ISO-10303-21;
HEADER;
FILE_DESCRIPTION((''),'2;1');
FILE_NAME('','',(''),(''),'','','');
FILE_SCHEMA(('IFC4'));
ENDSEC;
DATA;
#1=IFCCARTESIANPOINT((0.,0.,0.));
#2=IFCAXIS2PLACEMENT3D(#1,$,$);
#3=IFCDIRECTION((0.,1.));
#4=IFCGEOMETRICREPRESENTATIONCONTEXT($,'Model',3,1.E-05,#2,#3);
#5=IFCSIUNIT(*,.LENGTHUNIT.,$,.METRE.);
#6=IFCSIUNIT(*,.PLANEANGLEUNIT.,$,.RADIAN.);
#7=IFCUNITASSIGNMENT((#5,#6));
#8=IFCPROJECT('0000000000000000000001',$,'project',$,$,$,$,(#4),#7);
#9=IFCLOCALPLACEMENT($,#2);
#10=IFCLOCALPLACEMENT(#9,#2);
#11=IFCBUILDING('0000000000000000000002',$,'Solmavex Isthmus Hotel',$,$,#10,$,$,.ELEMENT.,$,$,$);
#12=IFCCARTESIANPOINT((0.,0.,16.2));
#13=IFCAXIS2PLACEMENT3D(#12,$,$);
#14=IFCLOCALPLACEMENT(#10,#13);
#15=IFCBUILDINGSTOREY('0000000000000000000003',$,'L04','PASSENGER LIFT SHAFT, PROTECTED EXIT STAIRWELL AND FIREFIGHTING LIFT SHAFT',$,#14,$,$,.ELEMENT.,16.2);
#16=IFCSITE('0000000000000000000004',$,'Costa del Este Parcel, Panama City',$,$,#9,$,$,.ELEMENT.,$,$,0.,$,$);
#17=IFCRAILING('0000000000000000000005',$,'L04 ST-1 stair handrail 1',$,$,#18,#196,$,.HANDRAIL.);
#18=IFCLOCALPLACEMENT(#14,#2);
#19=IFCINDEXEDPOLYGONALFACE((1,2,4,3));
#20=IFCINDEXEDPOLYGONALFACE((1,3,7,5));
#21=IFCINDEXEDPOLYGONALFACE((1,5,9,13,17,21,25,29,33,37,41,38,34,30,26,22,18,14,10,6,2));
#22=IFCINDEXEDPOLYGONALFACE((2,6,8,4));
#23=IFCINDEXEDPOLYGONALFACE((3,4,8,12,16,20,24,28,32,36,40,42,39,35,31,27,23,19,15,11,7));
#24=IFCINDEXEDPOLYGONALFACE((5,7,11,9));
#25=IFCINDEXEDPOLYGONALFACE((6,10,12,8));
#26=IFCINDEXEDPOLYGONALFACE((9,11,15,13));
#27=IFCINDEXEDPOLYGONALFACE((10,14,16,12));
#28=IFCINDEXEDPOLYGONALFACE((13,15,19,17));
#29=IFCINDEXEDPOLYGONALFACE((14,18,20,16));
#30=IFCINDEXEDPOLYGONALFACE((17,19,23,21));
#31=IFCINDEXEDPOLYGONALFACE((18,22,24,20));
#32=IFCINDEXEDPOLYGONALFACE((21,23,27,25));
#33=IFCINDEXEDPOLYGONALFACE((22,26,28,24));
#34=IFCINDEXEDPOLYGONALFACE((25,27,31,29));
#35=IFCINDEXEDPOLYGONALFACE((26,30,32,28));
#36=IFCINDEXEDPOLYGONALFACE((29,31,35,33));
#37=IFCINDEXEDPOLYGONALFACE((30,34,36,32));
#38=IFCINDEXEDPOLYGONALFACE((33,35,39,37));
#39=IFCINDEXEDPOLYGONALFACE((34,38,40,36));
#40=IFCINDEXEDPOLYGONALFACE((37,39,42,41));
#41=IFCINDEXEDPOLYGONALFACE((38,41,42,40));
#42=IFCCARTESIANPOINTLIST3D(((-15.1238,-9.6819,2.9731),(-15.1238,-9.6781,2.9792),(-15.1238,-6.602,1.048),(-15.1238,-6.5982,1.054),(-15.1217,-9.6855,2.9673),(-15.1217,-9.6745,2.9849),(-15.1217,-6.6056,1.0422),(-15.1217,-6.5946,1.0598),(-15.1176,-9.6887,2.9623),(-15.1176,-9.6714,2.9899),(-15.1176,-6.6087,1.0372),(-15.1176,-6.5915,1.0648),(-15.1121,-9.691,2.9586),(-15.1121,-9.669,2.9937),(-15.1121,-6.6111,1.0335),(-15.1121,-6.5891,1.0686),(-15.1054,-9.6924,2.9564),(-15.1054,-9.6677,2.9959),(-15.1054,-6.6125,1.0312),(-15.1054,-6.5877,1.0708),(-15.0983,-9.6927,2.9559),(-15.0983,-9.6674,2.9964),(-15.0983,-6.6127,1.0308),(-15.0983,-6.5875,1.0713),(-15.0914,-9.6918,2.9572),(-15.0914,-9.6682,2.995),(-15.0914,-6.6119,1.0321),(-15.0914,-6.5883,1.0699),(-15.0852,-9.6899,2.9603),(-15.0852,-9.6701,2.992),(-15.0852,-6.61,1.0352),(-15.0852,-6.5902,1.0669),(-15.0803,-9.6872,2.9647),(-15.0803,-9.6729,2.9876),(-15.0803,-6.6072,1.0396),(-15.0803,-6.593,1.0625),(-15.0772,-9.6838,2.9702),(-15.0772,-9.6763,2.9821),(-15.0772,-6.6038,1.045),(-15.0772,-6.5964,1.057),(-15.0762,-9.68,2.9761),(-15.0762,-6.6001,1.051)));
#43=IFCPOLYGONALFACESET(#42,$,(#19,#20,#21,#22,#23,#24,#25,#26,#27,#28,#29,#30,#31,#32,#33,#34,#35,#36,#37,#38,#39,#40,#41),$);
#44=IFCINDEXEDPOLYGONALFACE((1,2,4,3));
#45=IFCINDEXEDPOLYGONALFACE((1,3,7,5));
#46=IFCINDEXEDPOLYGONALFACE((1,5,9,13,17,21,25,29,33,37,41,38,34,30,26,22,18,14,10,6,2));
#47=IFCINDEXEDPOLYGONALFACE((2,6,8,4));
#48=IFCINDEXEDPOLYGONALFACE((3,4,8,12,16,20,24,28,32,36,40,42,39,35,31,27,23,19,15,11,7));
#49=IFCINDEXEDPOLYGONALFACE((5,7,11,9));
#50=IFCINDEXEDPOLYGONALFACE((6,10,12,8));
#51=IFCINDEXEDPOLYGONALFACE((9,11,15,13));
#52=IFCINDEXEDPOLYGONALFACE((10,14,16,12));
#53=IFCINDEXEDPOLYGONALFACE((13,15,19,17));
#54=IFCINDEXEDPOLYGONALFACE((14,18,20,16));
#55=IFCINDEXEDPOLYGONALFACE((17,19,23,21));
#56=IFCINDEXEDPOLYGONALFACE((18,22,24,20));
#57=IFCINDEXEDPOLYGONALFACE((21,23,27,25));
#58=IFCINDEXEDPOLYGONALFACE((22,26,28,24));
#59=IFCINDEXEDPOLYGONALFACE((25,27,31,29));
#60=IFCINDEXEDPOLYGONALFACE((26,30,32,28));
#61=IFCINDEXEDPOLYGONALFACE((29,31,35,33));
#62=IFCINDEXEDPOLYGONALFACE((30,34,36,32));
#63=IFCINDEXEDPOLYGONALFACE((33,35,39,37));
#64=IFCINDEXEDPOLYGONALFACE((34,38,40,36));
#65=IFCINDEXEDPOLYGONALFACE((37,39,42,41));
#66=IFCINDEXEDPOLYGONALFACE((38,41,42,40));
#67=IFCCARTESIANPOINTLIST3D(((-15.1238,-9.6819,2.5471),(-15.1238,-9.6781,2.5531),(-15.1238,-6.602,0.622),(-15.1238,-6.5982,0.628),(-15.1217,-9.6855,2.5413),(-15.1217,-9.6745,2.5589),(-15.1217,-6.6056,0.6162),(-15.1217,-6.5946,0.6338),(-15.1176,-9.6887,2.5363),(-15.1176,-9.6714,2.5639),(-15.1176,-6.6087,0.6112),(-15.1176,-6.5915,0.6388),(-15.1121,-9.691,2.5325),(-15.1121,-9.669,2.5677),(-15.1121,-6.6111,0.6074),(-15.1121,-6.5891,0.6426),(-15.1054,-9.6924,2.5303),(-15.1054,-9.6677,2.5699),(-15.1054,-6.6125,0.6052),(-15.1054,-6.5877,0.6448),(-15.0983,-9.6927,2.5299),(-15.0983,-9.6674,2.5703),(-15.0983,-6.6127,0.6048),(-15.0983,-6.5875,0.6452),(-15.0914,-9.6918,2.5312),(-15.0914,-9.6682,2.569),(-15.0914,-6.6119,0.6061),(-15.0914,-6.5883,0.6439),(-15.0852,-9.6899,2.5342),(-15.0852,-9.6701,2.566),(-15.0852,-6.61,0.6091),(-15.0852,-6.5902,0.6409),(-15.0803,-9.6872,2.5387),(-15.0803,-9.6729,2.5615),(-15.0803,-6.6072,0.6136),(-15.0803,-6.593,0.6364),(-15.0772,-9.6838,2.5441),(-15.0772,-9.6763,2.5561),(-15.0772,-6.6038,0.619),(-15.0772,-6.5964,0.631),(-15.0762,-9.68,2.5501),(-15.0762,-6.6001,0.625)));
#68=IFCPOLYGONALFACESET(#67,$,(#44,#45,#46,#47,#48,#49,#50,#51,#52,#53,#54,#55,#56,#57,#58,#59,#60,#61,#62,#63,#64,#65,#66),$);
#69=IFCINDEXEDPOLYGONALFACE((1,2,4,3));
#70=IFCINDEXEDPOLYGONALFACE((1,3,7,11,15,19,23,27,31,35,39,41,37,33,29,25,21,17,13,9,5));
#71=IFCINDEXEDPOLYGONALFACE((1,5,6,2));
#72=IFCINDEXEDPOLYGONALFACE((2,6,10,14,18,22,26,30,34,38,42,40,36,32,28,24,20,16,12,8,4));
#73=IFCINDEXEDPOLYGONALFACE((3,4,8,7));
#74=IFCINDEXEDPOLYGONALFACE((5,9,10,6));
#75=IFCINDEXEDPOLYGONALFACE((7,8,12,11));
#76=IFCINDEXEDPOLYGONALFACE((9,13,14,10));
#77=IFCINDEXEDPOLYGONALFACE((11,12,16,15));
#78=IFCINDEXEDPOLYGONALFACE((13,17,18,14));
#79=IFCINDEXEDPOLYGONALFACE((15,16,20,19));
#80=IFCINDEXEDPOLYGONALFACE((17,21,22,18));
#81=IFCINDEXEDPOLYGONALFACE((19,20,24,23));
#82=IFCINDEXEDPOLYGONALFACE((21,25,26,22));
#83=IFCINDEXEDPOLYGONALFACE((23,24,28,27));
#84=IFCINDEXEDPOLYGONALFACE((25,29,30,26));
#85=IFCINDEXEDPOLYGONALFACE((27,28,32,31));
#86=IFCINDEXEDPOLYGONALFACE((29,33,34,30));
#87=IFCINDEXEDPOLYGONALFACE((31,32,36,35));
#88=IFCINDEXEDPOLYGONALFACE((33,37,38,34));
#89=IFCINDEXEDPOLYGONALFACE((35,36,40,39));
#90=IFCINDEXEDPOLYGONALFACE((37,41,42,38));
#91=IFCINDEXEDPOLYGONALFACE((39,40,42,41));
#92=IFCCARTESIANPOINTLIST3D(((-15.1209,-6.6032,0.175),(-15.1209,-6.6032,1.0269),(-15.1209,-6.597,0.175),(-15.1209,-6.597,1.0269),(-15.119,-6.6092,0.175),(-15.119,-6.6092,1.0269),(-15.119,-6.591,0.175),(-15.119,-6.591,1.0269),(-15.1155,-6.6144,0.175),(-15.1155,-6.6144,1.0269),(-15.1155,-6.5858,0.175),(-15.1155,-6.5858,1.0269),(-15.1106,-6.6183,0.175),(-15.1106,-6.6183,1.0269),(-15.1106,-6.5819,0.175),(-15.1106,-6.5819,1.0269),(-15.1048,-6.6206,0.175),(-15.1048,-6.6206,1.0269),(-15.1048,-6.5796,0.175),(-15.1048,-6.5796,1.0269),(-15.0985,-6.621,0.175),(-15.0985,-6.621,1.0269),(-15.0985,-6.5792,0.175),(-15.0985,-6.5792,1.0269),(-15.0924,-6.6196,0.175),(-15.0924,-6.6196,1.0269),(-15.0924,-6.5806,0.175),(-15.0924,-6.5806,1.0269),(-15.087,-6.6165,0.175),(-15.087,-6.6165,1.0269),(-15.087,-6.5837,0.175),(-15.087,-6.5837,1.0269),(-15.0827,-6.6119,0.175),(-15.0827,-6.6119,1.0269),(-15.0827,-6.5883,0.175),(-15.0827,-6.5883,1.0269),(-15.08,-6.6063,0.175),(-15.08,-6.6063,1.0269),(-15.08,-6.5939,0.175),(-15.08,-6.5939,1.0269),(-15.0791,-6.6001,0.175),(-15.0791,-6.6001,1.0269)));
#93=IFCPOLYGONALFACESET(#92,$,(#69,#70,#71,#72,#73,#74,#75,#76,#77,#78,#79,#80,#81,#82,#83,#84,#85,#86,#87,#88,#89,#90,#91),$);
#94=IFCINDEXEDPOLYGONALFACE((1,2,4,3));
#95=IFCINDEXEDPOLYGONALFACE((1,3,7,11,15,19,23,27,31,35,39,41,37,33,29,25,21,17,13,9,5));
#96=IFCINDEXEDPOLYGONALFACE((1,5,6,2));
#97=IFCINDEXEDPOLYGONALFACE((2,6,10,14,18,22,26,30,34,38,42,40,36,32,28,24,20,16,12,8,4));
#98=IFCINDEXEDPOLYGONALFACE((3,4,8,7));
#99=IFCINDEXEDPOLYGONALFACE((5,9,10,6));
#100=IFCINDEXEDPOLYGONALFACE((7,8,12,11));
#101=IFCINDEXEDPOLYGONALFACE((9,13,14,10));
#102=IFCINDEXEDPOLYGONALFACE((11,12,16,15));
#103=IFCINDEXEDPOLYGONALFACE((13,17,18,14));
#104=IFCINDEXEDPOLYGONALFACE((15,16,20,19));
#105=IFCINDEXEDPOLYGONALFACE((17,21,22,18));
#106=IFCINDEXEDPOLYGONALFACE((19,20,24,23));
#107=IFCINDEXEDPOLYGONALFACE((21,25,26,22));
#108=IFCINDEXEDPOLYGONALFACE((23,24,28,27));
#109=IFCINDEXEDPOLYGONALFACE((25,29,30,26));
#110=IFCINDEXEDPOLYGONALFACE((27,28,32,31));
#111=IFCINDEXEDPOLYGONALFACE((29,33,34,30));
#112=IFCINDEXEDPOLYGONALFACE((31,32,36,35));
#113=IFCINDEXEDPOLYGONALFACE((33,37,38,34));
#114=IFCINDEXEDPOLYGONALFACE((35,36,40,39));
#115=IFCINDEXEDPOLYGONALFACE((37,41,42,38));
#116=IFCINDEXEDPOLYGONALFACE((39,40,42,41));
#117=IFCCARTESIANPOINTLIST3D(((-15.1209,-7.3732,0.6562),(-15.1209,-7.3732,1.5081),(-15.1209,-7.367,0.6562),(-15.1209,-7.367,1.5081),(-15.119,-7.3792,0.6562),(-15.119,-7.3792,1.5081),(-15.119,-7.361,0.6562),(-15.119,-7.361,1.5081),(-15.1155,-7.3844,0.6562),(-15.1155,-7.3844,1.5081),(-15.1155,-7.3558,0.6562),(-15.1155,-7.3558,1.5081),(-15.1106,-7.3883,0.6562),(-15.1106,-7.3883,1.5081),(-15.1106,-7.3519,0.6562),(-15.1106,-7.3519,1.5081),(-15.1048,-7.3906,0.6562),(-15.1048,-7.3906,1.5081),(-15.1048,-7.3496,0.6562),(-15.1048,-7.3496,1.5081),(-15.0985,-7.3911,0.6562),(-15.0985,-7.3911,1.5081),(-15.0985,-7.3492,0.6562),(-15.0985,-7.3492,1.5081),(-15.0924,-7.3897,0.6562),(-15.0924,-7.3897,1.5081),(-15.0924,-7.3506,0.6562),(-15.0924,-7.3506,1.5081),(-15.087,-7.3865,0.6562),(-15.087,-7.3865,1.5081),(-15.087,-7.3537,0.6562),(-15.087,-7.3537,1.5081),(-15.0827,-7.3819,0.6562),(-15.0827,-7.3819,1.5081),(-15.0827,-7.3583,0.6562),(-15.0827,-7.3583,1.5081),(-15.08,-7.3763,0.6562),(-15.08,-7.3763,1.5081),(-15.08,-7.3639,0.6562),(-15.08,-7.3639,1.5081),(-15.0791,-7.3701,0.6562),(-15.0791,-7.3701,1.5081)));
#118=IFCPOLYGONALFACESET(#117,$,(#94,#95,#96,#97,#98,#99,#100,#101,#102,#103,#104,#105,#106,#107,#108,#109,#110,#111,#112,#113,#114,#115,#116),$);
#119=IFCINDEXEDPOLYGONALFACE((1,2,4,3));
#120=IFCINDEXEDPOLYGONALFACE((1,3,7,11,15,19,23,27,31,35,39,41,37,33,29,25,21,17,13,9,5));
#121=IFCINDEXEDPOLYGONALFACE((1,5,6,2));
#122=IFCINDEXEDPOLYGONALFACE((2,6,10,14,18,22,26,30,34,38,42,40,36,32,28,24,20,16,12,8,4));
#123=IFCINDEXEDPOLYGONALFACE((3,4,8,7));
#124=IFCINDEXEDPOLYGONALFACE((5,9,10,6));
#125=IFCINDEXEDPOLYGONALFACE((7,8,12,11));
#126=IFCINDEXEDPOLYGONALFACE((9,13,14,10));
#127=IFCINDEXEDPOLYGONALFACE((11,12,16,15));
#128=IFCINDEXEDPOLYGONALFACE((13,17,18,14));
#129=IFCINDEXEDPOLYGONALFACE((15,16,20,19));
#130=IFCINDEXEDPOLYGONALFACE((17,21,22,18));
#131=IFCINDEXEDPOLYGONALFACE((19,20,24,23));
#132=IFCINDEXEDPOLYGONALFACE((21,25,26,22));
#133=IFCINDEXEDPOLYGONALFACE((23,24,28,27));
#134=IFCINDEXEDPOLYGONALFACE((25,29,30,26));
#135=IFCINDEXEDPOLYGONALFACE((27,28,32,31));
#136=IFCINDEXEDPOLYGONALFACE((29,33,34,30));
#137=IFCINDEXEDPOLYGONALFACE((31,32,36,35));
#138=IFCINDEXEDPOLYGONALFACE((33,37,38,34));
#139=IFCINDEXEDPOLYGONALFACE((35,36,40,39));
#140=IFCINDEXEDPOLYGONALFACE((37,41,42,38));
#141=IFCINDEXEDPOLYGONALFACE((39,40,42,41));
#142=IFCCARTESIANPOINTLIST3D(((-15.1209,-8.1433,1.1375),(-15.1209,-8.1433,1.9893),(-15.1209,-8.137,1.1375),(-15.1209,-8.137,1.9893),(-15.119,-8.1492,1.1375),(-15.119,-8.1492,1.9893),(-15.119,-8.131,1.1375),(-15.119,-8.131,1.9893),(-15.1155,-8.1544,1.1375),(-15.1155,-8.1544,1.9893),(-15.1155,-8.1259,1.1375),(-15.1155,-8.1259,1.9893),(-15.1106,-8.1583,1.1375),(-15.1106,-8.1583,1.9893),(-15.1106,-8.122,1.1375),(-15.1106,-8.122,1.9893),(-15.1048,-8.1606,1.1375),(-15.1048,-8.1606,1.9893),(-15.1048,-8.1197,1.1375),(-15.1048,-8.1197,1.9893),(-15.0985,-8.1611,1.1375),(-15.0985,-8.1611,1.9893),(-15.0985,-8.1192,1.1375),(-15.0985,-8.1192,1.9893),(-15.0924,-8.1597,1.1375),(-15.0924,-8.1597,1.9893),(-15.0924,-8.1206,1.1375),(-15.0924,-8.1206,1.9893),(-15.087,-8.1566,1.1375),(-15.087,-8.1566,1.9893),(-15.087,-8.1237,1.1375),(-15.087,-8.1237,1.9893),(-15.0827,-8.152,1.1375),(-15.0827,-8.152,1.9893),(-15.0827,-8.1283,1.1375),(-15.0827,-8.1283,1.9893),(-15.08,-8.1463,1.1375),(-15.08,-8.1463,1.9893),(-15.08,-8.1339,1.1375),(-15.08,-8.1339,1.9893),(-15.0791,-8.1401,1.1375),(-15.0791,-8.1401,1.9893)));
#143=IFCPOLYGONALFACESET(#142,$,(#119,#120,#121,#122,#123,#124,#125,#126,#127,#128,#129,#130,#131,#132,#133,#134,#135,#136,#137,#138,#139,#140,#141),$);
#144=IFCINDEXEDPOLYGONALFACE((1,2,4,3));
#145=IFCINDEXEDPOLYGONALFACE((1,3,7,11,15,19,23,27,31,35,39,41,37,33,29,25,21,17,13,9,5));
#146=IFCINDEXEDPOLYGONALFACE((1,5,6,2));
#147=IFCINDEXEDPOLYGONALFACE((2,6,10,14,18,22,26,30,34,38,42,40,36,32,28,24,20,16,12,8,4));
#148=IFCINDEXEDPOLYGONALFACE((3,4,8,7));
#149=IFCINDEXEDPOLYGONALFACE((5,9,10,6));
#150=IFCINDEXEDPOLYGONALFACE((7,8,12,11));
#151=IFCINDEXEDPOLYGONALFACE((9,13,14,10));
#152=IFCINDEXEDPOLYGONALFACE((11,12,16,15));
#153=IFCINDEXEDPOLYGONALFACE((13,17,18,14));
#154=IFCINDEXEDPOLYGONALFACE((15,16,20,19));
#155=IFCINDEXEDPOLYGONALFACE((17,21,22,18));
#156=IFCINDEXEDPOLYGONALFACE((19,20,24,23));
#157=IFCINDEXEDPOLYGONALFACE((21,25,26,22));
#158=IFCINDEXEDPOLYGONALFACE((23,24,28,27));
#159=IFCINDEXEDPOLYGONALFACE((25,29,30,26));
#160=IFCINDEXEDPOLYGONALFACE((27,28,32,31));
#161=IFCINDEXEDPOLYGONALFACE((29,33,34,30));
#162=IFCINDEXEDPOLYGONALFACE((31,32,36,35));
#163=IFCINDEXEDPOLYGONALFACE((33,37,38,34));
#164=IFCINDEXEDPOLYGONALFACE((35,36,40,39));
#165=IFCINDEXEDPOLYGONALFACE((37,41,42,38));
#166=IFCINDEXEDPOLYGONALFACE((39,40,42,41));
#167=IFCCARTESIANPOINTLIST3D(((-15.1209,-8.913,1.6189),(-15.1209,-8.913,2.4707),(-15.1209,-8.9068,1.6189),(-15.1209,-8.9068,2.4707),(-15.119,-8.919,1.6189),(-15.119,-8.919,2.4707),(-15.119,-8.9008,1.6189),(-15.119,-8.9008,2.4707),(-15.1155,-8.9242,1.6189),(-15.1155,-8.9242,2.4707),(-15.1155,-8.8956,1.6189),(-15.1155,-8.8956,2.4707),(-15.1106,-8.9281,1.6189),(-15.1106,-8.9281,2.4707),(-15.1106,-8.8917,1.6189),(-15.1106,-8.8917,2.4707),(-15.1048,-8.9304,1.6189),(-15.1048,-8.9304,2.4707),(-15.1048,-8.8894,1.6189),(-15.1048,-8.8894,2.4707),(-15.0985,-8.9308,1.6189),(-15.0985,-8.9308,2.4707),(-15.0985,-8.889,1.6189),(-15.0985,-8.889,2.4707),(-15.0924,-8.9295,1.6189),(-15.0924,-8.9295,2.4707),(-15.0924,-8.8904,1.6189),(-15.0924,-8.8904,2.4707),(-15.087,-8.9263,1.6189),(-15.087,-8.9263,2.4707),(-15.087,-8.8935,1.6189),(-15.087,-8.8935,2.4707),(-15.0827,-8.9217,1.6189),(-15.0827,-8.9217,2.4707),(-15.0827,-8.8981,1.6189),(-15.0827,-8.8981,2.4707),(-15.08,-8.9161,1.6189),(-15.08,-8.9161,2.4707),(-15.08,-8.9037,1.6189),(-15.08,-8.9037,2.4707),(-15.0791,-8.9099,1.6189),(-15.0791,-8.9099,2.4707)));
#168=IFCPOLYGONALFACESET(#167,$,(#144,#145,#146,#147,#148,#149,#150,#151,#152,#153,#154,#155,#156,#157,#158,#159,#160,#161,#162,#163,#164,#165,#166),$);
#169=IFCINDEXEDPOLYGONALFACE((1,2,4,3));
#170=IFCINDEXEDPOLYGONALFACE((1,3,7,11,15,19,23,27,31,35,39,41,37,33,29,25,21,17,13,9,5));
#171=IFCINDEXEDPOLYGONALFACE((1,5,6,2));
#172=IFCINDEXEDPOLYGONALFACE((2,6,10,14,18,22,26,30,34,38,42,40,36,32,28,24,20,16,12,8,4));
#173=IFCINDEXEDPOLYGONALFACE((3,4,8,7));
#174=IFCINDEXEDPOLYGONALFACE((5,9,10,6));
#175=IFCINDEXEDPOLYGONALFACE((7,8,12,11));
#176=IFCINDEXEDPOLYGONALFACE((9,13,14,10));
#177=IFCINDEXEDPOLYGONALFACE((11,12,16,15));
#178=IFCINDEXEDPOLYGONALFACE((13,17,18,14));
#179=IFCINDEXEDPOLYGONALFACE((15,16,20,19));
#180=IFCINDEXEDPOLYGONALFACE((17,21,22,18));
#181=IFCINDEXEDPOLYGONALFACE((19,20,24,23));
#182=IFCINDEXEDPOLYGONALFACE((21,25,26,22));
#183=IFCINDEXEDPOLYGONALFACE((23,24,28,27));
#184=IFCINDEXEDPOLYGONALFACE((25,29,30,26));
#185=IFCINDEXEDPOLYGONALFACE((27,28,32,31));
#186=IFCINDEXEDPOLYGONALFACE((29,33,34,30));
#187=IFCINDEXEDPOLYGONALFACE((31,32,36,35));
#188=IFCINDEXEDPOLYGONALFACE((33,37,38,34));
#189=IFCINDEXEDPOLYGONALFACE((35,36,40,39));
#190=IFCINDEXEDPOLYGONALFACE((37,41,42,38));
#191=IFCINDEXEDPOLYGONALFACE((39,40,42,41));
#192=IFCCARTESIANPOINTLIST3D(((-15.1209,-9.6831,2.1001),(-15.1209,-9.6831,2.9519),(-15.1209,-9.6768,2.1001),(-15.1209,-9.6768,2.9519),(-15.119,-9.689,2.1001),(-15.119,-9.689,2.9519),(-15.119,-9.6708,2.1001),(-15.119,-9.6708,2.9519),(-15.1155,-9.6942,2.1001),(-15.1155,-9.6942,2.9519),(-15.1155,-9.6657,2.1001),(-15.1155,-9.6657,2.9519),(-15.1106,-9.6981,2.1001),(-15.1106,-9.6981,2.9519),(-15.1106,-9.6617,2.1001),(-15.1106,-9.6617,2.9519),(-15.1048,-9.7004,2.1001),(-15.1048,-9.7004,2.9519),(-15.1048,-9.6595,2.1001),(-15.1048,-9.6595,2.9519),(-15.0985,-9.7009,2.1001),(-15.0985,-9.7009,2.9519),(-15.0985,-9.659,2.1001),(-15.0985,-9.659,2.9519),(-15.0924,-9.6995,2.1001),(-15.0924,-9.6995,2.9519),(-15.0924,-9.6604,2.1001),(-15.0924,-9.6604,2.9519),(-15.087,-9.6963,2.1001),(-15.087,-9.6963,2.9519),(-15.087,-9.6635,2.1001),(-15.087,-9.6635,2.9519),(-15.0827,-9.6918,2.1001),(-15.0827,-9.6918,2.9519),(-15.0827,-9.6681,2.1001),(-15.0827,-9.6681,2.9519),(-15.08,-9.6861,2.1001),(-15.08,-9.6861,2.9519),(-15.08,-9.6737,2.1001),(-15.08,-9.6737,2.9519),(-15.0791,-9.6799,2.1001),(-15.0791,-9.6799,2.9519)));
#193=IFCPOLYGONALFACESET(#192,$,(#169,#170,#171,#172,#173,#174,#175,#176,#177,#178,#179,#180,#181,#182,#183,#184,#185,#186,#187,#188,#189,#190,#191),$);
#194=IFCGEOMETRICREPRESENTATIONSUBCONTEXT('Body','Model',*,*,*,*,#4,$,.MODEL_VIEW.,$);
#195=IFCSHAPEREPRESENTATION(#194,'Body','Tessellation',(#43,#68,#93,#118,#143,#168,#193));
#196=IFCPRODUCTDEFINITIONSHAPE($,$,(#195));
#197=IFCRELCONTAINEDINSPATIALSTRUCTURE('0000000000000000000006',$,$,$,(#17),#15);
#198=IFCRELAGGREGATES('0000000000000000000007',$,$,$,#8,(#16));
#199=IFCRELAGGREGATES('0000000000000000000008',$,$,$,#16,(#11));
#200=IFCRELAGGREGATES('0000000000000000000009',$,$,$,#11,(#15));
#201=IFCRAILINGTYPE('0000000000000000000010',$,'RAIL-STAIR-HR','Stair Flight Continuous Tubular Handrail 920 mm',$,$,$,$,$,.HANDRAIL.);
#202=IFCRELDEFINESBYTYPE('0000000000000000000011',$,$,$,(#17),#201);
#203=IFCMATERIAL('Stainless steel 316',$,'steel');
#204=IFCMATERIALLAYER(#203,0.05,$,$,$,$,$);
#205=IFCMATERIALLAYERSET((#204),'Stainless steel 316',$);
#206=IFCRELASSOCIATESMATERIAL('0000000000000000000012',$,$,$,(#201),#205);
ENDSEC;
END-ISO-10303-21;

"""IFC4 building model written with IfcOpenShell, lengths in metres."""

from ifc_helpers import new_model, si_unit, direction, frame, origin, origin_2d, place, context, subcontext, project, spatial, circle, extrude, material, layer, layer_set, type_object, element, save


model = new_model("IFC4")

# Units and contexts
model_context = context("Model", 3, precision=1e-05, world=origin(), true_north=direction((0.0, 1.0)))
body_context = subcontext(model_context, "Body", "Model", "MODEL_VIEW")
ifc_project = project(units=[si_unit("LENGTHUNIT", "METRE"), si_unit("PLANEANGLEUNIT", "RADIAN")], contexts=[model_context])

# Site, building, storey
site_placement = place(None, origin())
site = spatial("IfcSite", under=ifc_project, at=site_placement, Name="Costa del Este Parcel, Panama City", CompositionType="ELEMENT", RefElevation=0.0)
building_placement = place(site_placement, origin())
building = spatial("IfcBuilding", under=site, at=building_placement, Name="Solmavex Isthmus Hotel", CompositionType="ELEMENT")
storey_placement = place(building_placement, frame((0.0, 0.0, 16.2)))
storey = spatial("IfcBuildingStorey", under=building, at=storey_placement, Name="L04", Description="PASSENGER LIFT SHAFT, PROTECTED EXIT STAIRWELL AND FIREFIGHTING LIFT SHAFT", CompositionType="ELEMENT", Elevation=16.2)

# Shared definitions
ifc_material_1 = material(Name="Stainless steel 316", Category="steel")

# Railing
ifc_layer_1 = layer(ifc_material_1, 0.05)
ifc_layer_set_1 = layer_set([ifc_layer_1], Name="Stainless steel 316")
railing_type_1 = type_object("IfcRailingType", Name="RAIL-STAIR-HR", Description="Stair Flight Continuous Tubular Handrail 920 mm", PredefinedType="HANDRAIL", material=ifc_layer_set_1)
railing_1_placement = place(storey_placement, frame((-15.1001, -6.6001, 0.175)))
element("IfcRailing", 1, at=railing_1_placement, inside=storey, type_object=railing_type_1, Name="L04 ST-1 stair handrail 1", PredefinedType="HANDRAIL", context=body_context, shape_type="SweptSolid", body=[
    extrude(circle(Radius=0.0239, at=origin_2d()), frame((0.0, 0.0, 0.876), z_axis=(0.0, -0.847979, 0.530029), x_axis=(1.0, 0.0, 0.0)), (0.0, 0.0, 1.0), 3.6321),
    extrude(circle(Radius=0.0239, at=origin_2d()), frame((0.0, 0.0, 0.45), z_axis=(0.0, -0.847979, 0.530029), x_axis=(1.0, 0.0, 0.0)), (0.0, 0.0, 1.0), 3.6321),
    extrude(circle(Radius=0.021, at=origin_2d()), origin(), (0.0, 0.0, 1.0), 0.8518),
    extrude(circle(Radius=0.021, at=origin_2d()), frame((0.0, -0.77, 0.4812)), (0.0, 0.0, 1.0), 0.8518),
    extrude(circle(Radius=0.021, at=origin_2d()), frame((0.0, -1.54, 0.9624)), (0.0, 0.0, 1.0), 0.8518),
    extrude(circle(Radius=0.021, at=origin_2d()), frame((0.0, -2.3098, 1.4438)), (0.0, 0.0, 1.0), 0.8518),
    extrude(circle(Radius=0.021, at=origin_2d()), frame((0.0, -3.0798, 1.925)), (0.0, 0.0, 1.0), 0.8518),
])

save(model, "model.ifc")
